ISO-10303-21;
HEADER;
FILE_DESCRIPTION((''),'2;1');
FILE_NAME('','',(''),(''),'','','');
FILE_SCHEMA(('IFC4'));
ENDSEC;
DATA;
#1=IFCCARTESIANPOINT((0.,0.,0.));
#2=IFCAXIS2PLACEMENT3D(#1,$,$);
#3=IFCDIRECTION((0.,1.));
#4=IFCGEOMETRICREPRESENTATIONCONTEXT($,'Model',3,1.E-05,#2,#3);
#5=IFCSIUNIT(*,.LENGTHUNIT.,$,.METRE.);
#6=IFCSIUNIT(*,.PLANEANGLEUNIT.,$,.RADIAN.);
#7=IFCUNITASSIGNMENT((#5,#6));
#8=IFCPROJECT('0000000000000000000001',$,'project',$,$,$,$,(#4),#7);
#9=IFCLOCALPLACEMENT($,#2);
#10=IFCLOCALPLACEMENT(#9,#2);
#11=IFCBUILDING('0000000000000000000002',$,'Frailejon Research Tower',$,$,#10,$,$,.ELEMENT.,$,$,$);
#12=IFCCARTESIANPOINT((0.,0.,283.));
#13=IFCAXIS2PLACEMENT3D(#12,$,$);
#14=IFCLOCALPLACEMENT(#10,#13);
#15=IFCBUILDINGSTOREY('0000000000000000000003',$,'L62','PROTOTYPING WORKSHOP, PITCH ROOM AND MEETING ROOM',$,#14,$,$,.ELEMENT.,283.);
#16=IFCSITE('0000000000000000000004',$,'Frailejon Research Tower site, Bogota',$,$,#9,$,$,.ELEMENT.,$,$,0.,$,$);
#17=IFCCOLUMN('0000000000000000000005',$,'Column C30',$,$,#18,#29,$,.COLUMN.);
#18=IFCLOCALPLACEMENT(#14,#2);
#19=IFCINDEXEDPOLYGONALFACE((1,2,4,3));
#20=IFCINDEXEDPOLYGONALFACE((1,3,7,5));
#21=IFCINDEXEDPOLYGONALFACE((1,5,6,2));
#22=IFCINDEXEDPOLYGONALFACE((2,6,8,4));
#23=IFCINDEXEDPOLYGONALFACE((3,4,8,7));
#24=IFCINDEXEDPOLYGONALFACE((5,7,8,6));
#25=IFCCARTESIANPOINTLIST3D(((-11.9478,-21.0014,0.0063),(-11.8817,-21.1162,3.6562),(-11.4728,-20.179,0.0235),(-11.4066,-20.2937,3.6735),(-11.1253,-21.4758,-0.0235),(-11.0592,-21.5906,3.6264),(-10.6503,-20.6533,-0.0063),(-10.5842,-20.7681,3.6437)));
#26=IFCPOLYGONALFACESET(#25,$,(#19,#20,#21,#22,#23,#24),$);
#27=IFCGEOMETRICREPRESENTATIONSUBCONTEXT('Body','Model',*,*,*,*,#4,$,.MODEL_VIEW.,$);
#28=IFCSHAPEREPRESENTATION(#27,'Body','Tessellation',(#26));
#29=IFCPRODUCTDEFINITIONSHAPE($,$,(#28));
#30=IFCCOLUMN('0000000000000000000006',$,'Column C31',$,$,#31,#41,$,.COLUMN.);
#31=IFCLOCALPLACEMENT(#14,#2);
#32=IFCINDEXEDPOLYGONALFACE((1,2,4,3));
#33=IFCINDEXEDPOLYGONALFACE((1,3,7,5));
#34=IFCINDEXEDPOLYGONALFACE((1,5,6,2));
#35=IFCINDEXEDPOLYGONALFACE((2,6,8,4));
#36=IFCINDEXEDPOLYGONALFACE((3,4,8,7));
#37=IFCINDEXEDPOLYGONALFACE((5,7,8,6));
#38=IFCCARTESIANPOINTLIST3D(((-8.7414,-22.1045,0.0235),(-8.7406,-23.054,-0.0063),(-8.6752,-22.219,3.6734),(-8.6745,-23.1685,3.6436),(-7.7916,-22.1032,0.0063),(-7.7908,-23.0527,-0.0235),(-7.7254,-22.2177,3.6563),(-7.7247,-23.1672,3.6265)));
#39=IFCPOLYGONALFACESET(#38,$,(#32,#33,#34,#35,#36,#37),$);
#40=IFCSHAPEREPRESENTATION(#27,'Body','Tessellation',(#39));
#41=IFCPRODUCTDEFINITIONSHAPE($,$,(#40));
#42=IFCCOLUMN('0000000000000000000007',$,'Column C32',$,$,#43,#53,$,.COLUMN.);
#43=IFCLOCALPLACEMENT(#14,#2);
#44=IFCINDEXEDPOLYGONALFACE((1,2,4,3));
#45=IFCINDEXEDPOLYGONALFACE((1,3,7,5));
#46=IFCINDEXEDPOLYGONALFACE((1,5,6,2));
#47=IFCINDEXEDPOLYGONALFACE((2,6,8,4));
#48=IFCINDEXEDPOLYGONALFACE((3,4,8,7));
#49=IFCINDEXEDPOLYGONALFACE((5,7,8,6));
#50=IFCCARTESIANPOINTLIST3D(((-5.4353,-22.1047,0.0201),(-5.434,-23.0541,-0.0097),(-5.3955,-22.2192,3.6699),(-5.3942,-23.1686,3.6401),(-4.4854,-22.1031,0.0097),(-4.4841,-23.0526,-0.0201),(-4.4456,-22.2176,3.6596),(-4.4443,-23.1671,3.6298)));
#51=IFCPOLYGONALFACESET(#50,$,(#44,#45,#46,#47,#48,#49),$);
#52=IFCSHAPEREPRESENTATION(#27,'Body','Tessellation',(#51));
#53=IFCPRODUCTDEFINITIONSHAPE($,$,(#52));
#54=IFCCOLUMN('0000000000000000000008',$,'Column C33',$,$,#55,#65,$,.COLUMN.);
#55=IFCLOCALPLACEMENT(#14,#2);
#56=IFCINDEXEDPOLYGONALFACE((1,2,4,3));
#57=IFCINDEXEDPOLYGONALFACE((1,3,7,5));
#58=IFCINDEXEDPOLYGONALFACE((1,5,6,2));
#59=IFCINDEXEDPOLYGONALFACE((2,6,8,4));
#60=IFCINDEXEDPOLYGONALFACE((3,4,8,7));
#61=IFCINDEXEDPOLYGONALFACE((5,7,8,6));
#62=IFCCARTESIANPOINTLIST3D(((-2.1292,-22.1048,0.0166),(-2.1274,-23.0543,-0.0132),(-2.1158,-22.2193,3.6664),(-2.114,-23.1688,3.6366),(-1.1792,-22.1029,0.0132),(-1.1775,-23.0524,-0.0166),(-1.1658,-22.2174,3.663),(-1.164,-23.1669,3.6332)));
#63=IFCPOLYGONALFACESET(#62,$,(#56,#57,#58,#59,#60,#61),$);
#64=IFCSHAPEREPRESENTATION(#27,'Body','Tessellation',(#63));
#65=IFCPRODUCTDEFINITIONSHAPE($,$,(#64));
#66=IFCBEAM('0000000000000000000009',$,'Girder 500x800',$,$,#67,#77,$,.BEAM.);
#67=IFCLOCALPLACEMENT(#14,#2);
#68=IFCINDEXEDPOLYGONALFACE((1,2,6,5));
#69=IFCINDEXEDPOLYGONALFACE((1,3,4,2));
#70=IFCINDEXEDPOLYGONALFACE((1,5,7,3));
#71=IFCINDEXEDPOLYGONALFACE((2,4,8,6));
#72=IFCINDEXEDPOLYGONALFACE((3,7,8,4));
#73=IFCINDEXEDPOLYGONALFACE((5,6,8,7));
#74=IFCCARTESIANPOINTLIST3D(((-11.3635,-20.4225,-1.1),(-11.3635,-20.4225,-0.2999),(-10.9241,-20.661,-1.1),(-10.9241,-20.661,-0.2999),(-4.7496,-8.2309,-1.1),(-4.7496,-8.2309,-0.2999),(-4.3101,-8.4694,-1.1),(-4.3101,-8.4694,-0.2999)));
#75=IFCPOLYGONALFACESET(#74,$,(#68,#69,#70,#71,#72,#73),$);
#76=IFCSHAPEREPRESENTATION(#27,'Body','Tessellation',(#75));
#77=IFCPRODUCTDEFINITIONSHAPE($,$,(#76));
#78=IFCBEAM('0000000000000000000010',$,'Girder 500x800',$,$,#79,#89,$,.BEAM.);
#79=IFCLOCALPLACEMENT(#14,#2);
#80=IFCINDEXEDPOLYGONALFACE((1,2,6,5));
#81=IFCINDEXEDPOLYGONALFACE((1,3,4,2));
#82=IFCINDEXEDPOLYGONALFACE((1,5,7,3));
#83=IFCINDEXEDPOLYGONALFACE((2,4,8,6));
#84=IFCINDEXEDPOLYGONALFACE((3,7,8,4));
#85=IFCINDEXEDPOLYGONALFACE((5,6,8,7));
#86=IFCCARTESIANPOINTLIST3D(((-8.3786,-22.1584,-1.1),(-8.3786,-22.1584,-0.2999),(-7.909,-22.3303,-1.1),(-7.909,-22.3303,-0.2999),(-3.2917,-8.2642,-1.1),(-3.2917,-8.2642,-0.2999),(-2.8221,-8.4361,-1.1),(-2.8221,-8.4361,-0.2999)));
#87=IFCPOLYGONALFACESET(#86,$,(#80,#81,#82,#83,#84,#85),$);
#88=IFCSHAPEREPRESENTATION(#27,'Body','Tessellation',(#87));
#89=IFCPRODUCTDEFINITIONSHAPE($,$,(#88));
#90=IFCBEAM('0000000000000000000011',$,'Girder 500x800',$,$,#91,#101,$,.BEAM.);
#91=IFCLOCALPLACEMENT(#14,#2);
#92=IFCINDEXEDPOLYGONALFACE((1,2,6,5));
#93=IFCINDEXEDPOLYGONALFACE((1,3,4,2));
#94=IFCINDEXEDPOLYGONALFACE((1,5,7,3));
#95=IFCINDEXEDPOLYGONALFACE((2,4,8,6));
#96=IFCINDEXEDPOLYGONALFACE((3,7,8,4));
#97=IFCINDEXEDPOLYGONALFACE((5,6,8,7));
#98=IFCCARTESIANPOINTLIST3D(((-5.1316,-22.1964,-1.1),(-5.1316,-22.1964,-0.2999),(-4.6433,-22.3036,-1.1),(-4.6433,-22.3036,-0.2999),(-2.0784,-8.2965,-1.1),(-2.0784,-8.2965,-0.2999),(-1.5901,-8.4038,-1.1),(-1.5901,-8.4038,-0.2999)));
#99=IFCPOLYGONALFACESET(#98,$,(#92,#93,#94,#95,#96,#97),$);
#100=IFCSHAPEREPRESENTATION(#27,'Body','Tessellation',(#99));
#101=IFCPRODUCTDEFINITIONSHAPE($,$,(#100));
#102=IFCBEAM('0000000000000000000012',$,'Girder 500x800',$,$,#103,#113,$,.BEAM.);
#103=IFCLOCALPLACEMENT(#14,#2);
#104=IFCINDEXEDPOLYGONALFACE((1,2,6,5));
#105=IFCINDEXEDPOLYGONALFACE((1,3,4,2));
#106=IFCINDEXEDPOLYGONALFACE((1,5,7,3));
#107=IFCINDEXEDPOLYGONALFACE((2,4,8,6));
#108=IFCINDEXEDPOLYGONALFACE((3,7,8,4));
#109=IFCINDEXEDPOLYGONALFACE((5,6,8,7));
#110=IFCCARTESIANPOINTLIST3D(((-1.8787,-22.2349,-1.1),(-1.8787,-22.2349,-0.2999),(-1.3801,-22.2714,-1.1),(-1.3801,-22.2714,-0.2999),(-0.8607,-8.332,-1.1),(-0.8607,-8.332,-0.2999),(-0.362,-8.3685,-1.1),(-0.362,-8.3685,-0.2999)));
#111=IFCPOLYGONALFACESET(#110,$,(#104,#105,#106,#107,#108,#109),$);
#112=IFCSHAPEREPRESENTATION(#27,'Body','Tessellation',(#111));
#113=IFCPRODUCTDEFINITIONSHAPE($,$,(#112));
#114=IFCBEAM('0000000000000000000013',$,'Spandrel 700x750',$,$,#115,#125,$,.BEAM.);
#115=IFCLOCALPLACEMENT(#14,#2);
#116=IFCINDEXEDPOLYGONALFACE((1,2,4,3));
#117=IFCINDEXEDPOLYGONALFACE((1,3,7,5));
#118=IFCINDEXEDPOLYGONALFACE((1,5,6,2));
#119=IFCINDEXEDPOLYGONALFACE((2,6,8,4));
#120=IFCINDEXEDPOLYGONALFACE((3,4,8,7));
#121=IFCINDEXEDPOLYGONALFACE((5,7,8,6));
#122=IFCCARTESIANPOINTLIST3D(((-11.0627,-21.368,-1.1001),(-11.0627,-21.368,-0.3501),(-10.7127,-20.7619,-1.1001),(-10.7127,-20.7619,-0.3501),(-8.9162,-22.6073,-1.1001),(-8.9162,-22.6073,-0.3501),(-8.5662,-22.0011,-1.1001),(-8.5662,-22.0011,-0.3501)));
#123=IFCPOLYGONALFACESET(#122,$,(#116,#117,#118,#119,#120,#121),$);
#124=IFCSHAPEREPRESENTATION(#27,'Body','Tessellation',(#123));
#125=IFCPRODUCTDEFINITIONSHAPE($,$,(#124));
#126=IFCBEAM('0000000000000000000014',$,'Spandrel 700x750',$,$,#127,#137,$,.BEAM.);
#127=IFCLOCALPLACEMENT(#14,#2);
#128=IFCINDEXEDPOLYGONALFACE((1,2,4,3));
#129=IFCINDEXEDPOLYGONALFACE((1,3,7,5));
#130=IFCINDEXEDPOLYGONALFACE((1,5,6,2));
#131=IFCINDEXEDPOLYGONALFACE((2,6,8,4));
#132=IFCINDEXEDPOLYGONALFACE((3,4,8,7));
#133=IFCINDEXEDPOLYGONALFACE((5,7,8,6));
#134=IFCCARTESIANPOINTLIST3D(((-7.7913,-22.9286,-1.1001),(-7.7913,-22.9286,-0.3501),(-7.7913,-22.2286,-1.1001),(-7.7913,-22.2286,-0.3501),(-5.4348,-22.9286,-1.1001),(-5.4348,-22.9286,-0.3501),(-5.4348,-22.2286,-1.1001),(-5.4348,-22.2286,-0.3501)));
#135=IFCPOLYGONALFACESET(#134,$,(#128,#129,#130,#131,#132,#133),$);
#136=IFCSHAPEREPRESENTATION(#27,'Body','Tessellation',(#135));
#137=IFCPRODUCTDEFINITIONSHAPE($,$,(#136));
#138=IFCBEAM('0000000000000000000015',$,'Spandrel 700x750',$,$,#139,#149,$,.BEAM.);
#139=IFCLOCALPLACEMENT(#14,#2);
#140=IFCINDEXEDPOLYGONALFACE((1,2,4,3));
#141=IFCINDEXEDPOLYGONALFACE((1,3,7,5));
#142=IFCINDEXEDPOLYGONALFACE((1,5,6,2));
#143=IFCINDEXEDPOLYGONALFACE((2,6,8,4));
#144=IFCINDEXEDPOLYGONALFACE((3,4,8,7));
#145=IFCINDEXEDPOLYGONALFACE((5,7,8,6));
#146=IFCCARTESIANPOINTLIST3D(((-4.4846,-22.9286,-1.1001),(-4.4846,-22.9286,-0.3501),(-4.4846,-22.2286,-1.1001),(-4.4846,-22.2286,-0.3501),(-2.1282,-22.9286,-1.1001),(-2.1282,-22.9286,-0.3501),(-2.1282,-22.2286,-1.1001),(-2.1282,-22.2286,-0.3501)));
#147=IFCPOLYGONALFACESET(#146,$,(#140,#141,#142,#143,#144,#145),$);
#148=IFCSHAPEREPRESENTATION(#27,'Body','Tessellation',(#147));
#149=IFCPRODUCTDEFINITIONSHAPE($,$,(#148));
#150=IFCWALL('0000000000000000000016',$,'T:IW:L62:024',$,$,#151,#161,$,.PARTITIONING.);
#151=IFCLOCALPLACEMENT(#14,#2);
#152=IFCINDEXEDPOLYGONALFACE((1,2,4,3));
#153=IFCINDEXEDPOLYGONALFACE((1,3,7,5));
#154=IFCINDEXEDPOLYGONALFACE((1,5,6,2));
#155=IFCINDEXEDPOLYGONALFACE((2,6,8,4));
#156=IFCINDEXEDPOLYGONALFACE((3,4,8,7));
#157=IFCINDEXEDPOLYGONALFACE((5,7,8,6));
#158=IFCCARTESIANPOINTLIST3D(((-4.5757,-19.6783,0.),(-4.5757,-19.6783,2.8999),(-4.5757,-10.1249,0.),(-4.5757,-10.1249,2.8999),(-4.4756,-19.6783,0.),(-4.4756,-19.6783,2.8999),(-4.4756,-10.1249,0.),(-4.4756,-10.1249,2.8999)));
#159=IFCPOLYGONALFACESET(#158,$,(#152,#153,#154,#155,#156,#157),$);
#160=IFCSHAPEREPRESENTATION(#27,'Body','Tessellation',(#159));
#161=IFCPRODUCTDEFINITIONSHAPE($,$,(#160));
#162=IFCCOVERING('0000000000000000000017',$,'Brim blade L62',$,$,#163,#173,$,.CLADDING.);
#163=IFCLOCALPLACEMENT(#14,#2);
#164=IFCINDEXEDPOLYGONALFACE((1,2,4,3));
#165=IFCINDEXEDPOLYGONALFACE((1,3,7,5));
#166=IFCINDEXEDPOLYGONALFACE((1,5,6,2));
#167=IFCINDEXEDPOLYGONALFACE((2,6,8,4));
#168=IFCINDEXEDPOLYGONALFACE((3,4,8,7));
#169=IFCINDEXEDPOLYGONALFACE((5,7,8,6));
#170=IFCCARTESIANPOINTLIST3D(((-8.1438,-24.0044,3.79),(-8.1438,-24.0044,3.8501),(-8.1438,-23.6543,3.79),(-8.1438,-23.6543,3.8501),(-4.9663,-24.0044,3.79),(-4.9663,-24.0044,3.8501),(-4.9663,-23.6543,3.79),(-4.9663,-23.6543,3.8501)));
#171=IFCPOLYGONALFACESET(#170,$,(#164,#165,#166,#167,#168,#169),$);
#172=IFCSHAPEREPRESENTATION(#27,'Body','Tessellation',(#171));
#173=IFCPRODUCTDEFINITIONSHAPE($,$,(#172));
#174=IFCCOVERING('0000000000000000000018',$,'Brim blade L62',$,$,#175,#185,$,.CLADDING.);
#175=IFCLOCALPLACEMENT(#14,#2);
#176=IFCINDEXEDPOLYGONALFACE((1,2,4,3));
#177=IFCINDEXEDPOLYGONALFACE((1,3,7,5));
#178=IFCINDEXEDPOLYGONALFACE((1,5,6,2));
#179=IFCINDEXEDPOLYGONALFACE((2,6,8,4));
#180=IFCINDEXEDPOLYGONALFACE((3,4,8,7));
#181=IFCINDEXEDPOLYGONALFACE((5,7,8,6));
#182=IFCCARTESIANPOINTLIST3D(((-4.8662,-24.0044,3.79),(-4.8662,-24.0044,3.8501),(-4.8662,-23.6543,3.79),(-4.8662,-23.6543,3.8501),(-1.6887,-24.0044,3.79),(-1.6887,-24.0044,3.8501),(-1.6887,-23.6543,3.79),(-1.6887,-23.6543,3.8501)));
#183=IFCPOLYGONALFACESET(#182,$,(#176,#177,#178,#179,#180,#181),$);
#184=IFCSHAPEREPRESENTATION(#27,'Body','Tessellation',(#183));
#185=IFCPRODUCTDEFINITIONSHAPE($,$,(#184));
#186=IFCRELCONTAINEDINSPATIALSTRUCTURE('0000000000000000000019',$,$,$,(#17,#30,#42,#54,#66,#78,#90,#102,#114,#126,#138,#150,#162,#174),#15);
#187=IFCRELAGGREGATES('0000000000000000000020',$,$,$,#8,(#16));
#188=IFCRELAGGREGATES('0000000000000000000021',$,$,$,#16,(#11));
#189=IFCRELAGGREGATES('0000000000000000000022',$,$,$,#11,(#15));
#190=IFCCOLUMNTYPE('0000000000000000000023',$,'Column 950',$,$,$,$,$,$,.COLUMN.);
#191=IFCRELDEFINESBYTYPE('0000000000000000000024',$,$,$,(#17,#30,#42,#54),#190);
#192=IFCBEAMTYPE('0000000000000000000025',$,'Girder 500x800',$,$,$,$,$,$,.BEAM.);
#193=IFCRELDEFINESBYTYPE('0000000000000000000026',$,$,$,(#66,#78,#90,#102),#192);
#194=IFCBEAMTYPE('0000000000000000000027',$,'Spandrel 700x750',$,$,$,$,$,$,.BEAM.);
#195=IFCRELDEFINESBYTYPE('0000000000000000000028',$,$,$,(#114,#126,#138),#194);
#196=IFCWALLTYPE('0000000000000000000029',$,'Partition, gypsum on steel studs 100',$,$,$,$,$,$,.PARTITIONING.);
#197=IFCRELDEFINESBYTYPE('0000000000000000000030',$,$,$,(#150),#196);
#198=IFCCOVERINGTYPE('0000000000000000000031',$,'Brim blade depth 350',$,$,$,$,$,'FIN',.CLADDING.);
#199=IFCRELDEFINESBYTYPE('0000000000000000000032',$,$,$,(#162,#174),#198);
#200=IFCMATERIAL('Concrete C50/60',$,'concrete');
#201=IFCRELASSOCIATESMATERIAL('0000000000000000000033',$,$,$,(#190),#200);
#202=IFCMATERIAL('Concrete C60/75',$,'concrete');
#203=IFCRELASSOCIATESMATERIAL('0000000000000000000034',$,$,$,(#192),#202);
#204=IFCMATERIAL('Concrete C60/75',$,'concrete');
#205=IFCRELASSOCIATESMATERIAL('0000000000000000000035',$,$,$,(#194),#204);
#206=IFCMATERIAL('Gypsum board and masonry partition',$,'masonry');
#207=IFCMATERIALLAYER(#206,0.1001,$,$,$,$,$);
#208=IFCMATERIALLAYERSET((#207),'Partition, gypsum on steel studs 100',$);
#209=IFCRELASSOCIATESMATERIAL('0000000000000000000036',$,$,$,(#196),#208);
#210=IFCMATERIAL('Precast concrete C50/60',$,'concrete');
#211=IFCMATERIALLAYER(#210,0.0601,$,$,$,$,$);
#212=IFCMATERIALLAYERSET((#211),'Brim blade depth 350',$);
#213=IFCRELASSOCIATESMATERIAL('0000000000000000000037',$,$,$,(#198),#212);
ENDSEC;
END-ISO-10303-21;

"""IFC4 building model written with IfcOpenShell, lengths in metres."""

from ifc_helpers import new_model, si_unit, direction, frame, frame_2d, origin, origin_2d, place, context, subcontext, project, spatial, polyline, rectangle, outline, extrude, material, layer, layer_set, material_profile, profile_set, type_object, element, save


model = new_model("IFC4")

# Units and contexts
model_context = context("Model", 3, precision=1e-05, world=origin(), true_north=direction((0.0, 1.0)))
body_context = subcontext(model_context, "Body", "Model", "MODEL_VIEW")
ifc_project = project(units=[si_unit("LENGTHUNIT", "METRE"), si_unit("PLANEANGLEUNIT", "RADIAN")], contexts=[model_context])

# Site, building, storey
site_placement = place(None, origin())
site = spatial("IfcSite", under=ifc_project, at=site_placement, Name="Frailejon Research Tower site, Bogota", CompositionType="ELEMENT", RefElevation=0.0)
building_placement = place(site_placement, origin())
building = spatial("IfcBuilding", under=site, at=building_placement, Name="Frailejon Research Tower", CompositionType="ELEMENT")
storey_placement = place(building_placement, frame((0.0, 0.0, 283.0)))
storey = spatial("IfcBuildingStorey", under=building, at=storey_placement, Name="L62", Description="PROTOTYPING WORKSHOP, PITCH ROOM AND MEETING ROOM", CompositionType="ELEMENT", Elevation=283.0)

# Columns
ifc_material_1 = material(Name="Concrete C50/60", Category="concrete")
ifc_material_profile_1 = material_profile(ifc_material_1, rectangle(XDim=0.95, YDim=0.95, at=origin_2d()), Name="Column 950")
ifc_profile_set_1 = profile_set([ifc_material_profile_1], Name="Concrete C50/60")
column_type = type_object("IfcColumnType", Name="Column 950", PredefinedType="COLUMN", material=ifc_profile_set_1)
for number, where, z_axis, x_axis, name in (
    (1, (-11.2991, -20.8274, 0.0), (0.018115, -0.031417, 0.999342), (0.865818, -0.499373, -0.031394), "Column C30"),
    (2, (-8.2661, -22.5786, 0.0), (0.018115, -0.031351, 0.999344), (0.999836, 0.001359, -0.018081), "Column C31"),
):
    element("IfcColumn", number, at=place(storey_placement, frame(where, z_axis=z_axis, x_axis=x_axis)), inside=storey, type_object=column_type, Name=name, PredefinedType="COLUMN", context=body_context, shape_type="SweptSolid", body=[
        extrude(rectangle(XDim=0.95, YDim=0.95, at=origin_2d()), origin(), (0.0, 0.0, 1.0), 3.6523),
    ])
column_1_placement = place(storey_placement, frame((-4.9597, -22.5786, 0.0), z_axis=(0.010897, -0.031354, 0.999449), x_axis=(0.99994, 0.001667, -0.01085)))
element("IfcColumn", 3, at=column_1_placement, inside=storey, type_object=column_type, Name="Column C32", PredefinedType="COLUMN", context=body_context, shape_type="SweptSolid", body=[
    extrude(rectangle(XDim=0.95, YDim=0.95, at=origin_2d()), origin(), (0.0, 0.0, 1.0), 3.6519),
])
column_2_placement = place(storey_placement, frame((-1.6533, -22.5786, 0.0), z_axis=(0.003677, -0.031356, 0.999502), x_axis=(0.999991, 0.002004, -0.003616)))
element("IfcColumn", 4, at=column_2_placement, inside=storey, type_object=column_type, Name="Column C33", PredefinedType="COLUMN", context=body_context, shape_type="SweptSolid", body=[
    extrude(rectangle(XDim=0.95, YDim=0.95, at=origin_2d()), origin(), (0.0, 0.0, 1.0), 3.6516),
])

# Beams
ifc_material_2 = material(Name="Concrete C60/75", Category="concrete")
ifc_material_profile_2 = material_profile(ifc_material_2, rectangle(XDim=0.5, YDim=0.8, at=origin_2d()), Name="Girder 500x800")
ifc_profile_set_2 = profile_set([ifc_material_profile_2], Name="Concrete C60/75")
beam_type_1 = type_object("IfcBeamType", Name="Girder 500x800", PredefinedType="BEAM", material=ifc_profile_set_2)
beam_1_placement = place(storey_placement, frame((-11.1438, -20.5417, -0.7), z_axis=(0.476852, 0.878984, 0.0), x_axis=(-0.878984, 0.476852, 0.0)))
element("IfcBeam", 5, at=beam_1_placement, inside=storey, type_object=beam_type_1, Name="Girder 500x800", PredefinedType="BEAM", context=body_context, shape_type="SweptSolid", body=[
    extrude(rectangle(XDim=0.5, YDim=0.8, at=origin_2d()), origin(), (0.0, 0.0, 1.0), 13.8701),
])
beam_2_placement = place(storey_placement, frame((-8.1438, -22.2444, -0.7), z_axis=(0.343798, 0.939043, 0.0), x_axis=(-0.939043, 0.343798, 0.0)))
element("IfcBeam", 6, at=beam_2_placement, inside=storey, type_object=beam_type_1, Name="Girder 500x800", PredefinedType="BEAM", context=body_context, shape_type="SweptSolid", body=[
    extrude(rectangle(XDim=0.5, YDim=0.8, at=origin_2d()), origin(), (0.0, 0.0, 1.0), 14.7961),
])
beam_3_placement = place(storey_placement, frame((-4.8875, -22.25, -0.7), z_axis=(0.214543, 0.976715, 0.0), x_axis=(-0.976715, 0.214543, 0.0)))
element("IfcBeam", 7, at=beam_3_placement, inside=storey, type_object=beam_type_1, Name="Girder 500x800", PredefinedType="BEAM", context=body_context, shape_type="SweptSolid", body=[
    extrude(rectangle(XDim=0.5, YDim=0.8, at=origin_2d()), origin(), (0.0, 0.0, 1.0), 14.2312),
])
beam_4_placement = place(storey_placement, frame((-1.6294, -22.2532, -0.7), z_axis=(0.07303, 0.99733, 0.0), x_axis=(-0.99733, 0.07303, 0.0)))
element("IfcBeam", 8, at=beam_4_placement, inside=storey, type_object=beam_type_1, Name="Girder 500x800", PredefinedType="BEAM", context=body_context, shape_type="SweptSolid", body=[
    extrude(rectangle(XDim=0.5, YDim=0.8, at=origin_2d()), origin(), (0.0, 0.0, 1.0), 13.9402),
])
ifc_material_3 = material(Name="Concrete C60/75", Category="concrete")
ifc_material_profile_3 = material_profile(ifc_material_3, rectangle(XDim=0.7, YDim=0.75, at=origin_2d()), Name="Spandrel 700x750")
ifc_profile_set_3 = profile_set([ifc_material_profile_3], Name="Concrete C60/75")
beam_type_2 = type_object("IfcBeamType", Name="Spandrel 700x750", PredefinedType="BEAM", material=ifc_profile_set_3)
beam_5_placement = place(storey_placement, frame((-10.8877, -21.0649, -0.7251), z_axis=(0.866028, -0.499995, 0.0), x_axis=(0.499995, 0.866028, 0.0)))
element("IfcBeam", 9, at=beam_5_placement, inside=storey, type_object=beam_type_2, Name="Spandrel 700x750", PredefinedType="BEAM", context=body_context, shape_type="SweptSolid", body=[
    extrude(rectangle(XDim=0.7, YDim=0.75, at=origin_2d()), origin(), (0.0, 0.0, 1.0), 2.4785),
])
for number, where, z_axis, x_axis, name in (
    (10, (-7.7913, -22.5786, -0.7251), (1.0, 0.0, 0.0), (0.0, 1.0, 0.0), "Spandrel 700x750"),
    (11, (-4.4846, -22.5786, -0.7251), (1.0, 0.0, 0.0), (0.0, 1.0, 0.0), "Spandrel 700x750"),
):
    element("IfcBeam", number, at=place(storey_placement, frame(where, z_axis=z_axis, x_axis=x_axis)), inside=storey, type_object=beam_type_2, Name=name, PredefinedType="BEAM", context=body_context, shape_type="SweptSolid", body=[
        extrude(rectangle(XDim=0.7, YDim=0.75, at=origin_2d()), origin(), (0.0, 0.0, 1.0), 2.3564),
    ])

# Wall
ifc_material_4 = material(Name="Gypsum board and masonry partition", Category="masonry")
ifc_layer_1 = layer(ifc_material_4, 0.1001)
ifc_layer_set_1 = layer_set([ifc_layer_1], Name="Partition, gypsum on steel studs 100")
wall_type_1 = type_object("IfcWallType", Name="Partition, gypsum on steel studs 100", PredefinedType="PARTITIONING", material=ifc_layer_set_1)
wall_1_placement = place(storey_placement, frame((-4.5256, -19.6785, 0.0), z_axis=(0.0, 0.0, 1.0), x_axis=(0.0, 1.0, 0.0)))
element("IfcWall", 12, at=wall_1_placement, inside=storey, type_object=wall_type_1, Name="T:IW:L62:024", PredefinedType="PARTITIONING", context=body_context, shape_type="SweptSolid", body=[
    extrude(rectangle(XDim=9.5535, YDim=0.1001, at=frame_2d((4.7769, 0.0))), origin(), (0.0, 0.0, 1.0), 2.8999),
])

# Coverings
ifc_material_5 = material(Name="Precast concrete C50/60", Category="concrete")
ifc_layer_2 = layer(ifc_material_5, 0.0601)
ifc_layer_set_2 = layer_set([ifc_layer_2], Name="Brim blade depth 350")
covering_type_1 = type_object("IfcCoveringType", Name="Brim blade depth 350", ElementType="FIN", PredefinedType="CLADDING", material=ifc_layer_set_2)
for number, where, z_axis, x_axis, name in (
    (13, (-4.9663, -23.6543, 3.8501), (-1.0, 0.0, 0.0), (0.0, -1.0, 0.0), "Brim blade L62"),
    (14, (-1.6887, -23.6543, 3.8501), (-1.0, 0.0, 0.0), (0.0, -1.0, 0.0), "Brim blade L62"),
):
    element("IfcCovering", number, at=place(storey_placement, frame(where, z_axis=z_axis, x_axis=x_axis)), inside=storey, type_object=covering_type_1, Name=name, PredefinedType="CLADDING", context=body_context, shape_type="SweptSolid", body=[
        extrude(outline(polyline([(0.0, -0.0601), (0.3501, -0.0601), (0.3501, 0.0), (0.0, 0.0), (0.0, -0.0601)])), origin(), (0.0, 0.0, 1.0), 3.1775),
    ])

save(model, "model.ifc")
